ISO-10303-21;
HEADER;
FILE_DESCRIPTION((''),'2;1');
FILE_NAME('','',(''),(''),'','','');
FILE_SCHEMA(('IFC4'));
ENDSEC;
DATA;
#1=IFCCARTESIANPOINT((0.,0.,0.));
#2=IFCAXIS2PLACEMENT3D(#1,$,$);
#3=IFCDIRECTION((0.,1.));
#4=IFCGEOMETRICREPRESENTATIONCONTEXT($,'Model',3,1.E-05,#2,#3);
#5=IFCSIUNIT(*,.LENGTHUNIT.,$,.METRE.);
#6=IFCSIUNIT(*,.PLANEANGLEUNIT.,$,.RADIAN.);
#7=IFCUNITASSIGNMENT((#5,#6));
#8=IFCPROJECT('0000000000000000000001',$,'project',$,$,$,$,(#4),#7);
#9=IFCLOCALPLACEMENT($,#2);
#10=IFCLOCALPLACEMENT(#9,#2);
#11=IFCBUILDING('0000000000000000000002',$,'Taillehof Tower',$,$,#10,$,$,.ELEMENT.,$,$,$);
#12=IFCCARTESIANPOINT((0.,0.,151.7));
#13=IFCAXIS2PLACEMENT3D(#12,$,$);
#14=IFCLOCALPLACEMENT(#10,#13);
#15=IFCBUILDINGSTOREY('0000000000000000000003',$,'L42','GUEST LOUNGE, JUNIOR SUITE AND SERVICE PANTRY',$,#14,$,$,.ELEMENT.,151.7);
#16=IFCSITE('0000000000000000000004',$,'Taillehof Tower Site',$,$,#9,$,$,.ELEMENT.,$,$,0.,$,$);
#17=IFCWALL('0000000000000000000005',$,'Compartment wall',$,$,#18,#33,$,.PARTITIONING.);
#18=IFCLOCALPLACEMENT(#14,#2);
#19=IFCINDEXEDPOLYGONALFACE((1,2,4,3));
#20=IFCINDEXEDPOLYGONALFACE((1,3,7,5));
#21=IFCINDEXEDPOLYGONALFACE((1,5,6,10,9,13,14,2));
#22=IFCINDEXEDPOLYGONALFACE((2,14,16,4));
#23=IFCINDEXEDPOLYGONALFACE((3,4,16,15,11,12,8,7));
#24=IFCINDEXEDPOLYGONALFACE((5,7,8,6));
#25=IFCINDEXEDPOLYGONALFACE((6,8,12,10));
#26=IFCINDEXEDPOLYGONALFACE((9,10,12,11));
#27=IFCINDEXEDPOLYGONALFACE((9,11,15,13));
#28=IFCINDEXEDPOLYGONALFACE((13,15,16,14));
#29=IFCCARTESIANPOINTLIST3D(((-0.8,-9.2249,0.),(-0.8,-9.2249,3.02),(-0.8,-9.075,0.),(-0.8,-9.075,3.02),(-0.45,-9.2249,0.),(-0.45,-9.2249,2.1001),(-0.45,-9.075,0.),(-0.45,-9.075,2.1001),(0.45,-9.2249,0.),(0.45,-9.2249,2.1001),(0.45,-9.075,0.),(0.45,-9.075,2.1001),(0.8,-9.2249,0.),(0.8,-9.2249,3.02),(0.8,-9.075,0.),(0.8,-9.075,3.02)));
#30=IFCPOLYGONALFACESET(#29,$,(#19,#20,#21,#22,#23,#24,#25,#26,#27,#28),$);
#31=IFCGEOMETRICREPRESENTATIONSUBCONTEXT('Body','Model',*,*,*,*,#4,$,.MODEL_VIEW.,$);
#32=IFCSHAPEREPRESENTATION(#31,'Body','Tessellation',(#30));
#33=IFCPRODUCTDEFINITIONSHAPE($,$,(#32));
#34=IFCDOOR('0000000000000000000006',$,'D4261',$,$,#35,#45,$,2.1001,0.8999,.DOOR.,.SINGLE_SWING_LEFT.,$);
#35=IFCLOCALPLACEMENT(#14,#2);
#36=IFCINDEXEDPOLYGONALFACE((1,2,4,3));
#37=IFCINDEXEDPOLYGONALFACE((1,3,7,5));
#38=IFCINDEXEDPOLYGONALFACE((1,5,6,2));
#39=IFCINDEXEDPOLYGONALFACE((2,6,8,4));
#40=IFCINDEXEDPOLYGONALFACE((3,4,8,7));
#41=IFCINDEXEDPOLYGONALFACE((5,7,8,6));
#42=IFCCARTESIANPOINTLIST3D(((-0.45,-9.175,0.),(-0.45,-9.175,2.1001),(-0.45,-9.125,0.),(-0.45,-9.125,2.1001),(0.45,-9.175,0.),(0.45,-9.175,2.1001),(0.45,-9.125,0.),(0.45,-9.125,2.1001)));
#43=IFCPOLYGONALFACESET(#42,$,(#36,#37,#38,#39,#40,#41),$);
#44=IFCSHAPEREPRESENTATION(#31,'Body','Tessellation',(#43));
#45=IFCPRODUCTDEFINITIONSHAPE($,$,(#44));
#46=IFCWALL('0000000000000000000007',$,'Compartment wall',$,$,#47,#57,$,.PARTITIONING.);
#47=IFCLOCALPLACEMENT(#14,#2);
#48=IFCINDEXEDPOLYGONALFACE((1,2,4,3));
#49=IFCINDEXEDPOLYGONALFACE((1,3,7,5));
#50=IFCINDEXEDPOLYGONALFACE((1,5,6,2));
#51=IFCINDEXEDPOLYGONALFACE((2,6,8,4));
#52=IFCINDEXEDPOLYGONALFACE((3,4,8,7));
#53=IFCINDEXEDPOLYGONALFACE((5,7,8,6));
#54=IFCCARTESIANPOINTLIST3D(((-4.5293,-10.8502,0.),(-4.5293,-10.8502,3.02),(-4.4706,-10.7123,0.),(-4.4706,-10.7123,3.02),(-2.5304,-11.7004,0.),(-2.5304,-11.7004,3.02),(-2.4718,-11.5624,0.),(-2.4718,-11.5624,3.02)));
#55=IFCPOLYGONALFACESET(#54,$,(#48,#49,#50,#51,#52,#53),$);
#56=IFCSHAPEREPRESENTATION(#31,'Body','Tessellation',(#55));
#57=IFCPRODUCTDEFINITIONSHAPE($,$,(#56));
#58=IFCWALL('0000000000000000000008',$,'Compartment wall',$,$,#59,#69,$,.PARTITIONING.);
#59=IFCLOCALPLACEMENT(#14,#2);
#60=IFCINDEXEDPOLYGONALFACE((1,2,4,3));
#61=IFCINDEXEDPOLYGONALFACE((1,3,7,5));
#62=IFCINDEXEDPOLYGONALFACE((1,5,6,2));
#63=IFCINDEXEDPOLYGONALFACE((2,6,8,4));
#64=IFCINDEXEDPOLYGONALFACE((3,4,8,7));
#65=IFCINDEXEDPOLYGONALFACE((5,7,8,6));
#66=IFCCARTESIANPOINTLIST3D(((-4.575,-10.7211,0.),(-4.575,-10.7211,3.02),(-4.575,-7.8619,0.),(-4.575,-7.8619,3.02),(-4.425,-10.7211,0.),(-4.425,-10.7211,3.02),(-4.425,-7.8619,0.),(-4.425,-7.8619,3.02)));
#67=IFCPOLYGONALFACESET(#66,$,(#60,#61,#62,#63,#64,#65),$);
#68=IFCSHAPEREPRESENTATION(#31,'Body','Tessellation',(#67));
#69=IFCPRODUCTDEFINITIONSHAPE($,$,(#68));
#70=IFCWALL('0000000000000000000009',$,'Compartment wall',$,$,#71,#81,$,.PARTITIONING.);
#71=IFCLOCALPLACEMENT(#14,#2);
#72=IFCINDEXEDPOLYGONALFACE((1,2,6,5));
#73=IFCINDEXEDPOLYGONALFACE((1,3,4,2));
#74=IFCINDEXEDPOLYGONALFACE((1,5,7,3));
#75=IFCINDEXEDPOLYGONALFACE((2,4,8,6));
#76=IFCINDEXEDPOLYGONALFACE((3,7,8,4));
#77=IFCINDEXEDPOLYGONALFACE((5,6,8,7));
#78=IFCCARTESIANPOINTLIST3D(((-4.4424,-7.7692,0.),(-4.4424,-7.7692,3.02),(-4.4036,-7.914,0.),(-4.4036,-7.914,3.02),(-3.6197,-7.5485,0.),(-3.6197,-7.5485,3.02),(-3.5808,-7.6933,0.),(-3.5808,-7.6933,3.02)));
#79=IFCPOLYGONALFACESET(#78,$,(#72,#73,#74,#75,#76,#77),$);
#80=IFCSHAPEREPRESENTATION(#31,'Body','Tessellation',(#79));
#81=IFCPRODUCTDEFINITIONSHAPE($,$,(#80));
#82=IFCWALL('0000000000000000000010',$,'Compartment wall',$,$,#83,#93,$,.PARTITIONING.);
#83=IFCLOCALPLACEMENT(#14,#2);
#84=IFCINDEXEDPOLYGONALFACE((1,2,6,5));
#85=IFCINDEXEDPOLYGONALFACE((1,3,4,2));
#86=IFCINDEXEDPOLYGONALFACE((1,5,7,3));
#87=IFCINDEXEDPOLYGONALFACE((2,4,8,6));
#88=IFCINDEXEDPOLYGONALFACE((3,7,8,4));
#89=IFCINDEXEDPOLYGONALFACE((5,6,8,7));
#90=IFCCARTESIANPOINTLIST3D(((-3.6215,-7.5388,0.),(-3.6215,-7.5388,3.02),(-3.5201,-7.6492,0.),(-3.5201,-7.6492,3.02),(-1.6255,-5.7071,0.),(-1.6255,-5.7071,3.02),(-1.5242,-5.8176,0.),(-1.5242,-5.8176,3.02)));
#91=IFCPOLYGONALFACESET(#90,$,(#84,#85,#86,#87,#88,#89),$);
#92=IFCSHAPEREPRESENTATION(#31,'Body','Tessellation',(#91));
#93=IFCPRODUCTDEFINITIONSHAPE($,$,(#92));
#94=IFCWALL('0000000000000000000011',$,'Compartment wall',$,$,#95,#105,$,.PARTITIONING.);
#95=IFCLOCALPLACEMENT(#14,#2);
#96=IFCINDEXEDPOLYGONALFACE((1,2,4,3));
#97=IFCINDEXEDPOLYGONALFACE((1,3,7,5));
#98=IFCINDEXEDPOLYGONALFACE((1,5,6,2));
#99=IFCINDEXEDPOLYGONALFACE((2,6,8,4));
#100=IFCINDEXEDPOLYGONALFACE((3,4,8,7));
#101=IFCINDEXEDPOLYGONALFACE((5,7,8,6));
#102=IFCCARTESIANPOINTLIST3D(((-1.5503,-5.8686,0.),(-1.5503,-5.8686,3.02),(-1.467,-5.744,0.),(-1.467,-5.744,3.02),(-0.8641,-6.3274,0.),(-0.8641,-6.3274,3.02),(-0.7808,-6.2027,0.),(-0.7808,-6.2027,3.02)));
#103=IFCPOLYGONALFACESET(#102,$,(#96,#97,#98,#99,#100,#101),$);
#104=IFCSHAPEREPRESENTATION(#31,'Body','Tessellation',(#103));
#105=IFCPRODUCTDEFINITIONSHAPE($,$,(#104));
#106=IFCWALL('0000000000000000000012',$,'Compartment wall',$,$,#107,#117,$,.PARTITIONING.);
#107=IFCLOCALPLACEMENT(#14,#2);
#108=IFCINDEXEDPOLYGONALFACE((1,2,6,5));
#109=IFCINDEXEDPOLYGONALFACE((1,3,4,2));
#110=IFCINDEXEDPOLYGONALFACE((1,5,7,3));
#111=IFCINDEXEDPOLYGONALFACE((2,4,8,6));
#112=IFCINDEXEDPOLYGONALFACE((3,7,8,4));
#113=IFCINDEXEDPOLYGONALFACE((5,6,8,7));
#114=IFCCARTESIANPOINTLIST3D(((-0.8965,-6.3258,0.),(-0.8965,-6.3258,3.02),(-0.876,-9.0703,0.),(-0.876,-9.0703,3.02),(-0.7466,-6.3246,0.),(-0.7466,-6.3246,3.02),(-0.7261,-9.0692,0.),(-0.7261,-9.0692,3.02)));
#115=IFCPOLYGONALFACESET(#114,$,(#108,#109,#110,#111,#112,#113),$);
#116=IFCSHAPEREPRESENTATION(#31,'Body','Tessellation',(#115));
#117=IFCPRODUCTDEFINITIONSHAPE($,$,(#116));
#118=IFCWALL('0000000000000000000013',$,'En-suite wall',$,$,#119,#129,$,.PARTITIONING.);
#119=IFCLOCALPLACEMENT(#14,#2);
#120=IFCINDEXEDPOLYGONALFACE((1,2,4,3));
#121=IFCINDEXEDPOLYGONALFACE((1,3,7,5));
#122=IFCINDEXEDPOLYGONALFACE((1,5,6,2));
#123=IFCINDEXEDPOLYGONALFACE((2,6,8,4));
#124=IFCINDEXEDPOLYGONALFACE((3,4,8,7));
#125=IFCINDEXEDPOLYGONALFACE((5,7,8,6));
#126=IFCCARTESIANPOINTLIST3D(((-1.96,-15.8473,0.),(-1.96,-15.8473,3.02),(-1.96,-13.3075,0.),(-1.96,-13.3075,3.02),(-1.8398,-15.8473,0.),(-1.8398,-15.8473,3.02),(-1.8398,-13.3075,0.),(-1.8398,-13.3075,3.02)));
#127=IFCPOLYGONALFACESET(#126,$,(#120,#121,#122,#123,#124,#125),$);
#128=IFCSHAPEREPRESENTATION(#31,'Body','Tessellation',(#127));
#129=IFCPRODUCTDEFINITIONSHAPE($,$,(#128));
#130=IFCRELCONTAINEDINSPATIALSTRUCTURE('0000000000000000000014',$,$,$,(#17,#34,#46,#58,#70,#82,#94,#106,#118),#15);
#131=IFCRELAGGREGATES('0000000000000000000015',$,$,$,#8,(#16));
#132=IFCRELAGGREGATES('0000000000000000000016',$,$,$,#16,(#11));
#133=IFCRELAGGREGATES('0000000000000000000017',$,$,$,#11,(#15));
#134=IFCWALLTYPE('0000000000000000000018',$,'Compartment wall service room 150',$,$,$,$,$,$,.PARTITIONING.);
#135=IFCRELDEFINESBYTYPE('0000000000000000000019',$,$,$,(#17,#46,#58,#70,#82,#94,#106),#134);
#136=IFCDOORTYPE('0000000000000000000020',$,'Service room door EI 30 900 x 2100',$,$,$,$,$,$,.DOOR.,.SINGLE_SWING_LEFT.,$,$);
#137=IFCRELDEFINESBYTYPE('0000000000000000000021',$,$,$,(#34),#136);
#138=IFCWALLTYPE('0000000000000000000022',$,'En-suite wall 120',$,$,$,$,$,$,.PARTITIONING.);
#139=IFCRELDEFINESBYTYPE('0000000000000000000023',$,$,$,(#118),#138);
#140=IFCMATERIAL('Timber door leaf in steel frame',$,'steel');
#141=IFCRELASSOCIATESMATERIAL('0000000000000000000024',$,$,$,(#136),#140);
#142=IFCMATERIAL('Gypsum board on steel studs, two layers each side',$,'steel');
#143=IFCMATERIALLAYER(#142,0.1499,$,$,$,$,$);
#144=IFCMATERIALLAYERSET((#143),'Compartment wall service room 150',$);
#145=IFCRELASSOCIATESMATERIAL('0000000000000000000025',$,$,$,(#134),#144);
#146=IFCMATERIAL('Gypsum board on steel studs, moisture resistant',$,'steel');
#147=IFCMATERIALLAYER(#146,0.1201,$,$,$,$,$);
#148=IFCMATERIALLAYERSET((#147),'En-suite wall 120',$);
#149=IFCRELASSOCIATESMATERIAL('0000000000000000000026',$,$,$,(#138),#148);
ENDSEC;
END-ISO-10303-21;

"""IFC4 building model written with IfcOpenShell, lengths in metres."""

from ifc_helpers import new_model, si_unit, direction, frame, frame_2d, origin, place, context, subcontext, project, spatial, rectangle, extrude, material, layer, layer_set, type_object, element, fill, save


model = new_model("IFC4")

# Units and contexts
model_context = context("Model", 3, precision=1e-05, world=origin(), true_north=direction((0.0, 1.0)))
body_context = subcontext(model_context, "Body", "Model", "MODEL_VIEW")
ifc_project = project(units=[si_unit("LENGTHUNIT", "METRE"), si_unit("PLANEANGLEUNIT", "RADIAN")], contexts=[model_context])

# Site, building, storey
site_placement = place(None, origin())
site = spatial("IfcSite", under=ifc_project, at=site_placement, Name="Taillehof Tower Site", CompositionType="ELEMENT", RefElevation=0.0)
building_placement = place(site_placement, origin())
building = spatial("IfcBuilding", under=site, at=building_placement, Name="Taillehof Tower", CompositionType="ELEMENT")
storey_placement = place(building_placement, frame((0.0, 0.0, 151.7)))
storey = spatial("IfcBuildingStorey", under=building, at=storey_placement, Name="L42", Description="GUEST LOUNGE, JUNIOR SUITE AND SERVICE PANTRY", CompositionType="ELEMENT", Elevation=151.7)

# Shared definitions
ifc_material_1 = material(Name="Timber door leaf in steel frame", Category="steel")
door_type_1 = type_object("IfcDoorType", Name="Service room door EI 30 900 x 2100", OperationType="SINGLE_SWING_LEFT", PredefinedType="DOOR", material=ifc_material_1)

# Wall, opening, door
ifc_material_2 = material(Name="Gypsum board on steel studs, two layers each side", Category="steel")
ifc_layer_1 = layer(ifc_material_2, 0.1499)
ifc_layer_set_1 = layer_set([ifc_layer_1], Name="Compartment wall service room 150")
wall_type_1 = type_object("IfcWallType", Name="Compartment wall service room 150", PredefinedType="PARTITIONING", material=ifc_layer_set_1)
wall_1_placement = place(storey_placement, frame((-0.8, -9.1499, 0.0), z_axis=(0.0, 0.0, 1.0), x_axis=(1.0, 0.0, 0.0)))
wall_1 = element("IfcWall", 1, at=wall_1_placement, inside=storey, type_object=wall_type_1, Name="Compartment wall", PredefinedType="PARTITIONING", context=body_context, shape_type="SweptSolid", body=[
    extrude(rectangle(XDim=1.6001, YDim=0.1499, at=frame_2d((0.8, 0.0))), origin(), (0.0, 0.0, 1.0), 3.02),
])
opening_1_placement = place(wall_1_placement, frame((0.3501, 0.0, 0.0)))
opening_1 = element("IfcOpeningElement", 2, at=opening_1_placement, cuts=wall_1, PredefinedType="OPENING", context=body_context, shape_type="SweptSolid", body=[
    extrude(rectangle(XDim=0.8999, YDim=2.1001, at=frame_2d((0.45, 1.05))), frame((0.0, 0.085, 0.0), z_axis=(0.0, -1.0, 0.0), x_axis=(1.0, 0.0, 0.0)), (0.0, 0.0, 1.0), 0.1699),
])
door_1_placement = place(opening_1_placement, origin())
door_1 = element("IfcDoor", 3, at=door_1_placement, inside=storey, type_object=door_type_1, Name="D4261", OperationType="SINGLE_SWING_LEFT", OverallHeight=2.1001, OverallWidth=0.8999, PredefinedType="DOOR", context=body_context, shape_type="SweptSolid", body=[
    extrude(rectangle(XDim=0.8999, YDim=2.1001, at=frame_2d((0.45, 1.05))), frame((0.0, 0.0249, 0.0), z_axis=(0.0, -1.0, 0.0), x_axis=(1.0, 0.0, 0.0)), (0.0, 0.0, 1.0), 0.05),
])
fill(opening_1, door_1)

# Walls
wall_2_placement = place(storey_placement, frame((-2.5012, -11.6313, 0.0), z_axis=(0.0, 0.0, 1.0), x_axis=(-0.920229, 0.391381, 0.0)))
element("IfcWall", 4, at=wall_2_placement, inside=storey, type_object=wall_type_1, Name="Compartment wall", PredefinedType="PARTITIONING", context=body_context, shape_type="SweptSolid", body=[
    extrude(rectangle(XDim=2.1721, YDim=0.1499, at=frame_2d((1.0859, 0.0))), origin(), (0.0, 0.0, 1.0), 3.02),
])
wall_3_placement = place(storey_placement, frame((-4.5, -10.7212, 0.0), z_axis=(0.0, 0.0, 1.0), x_axis=(0.0, 1.0, 0.0)))
element("IfcWall", 5, at=wall_3_placement, inside=storey, type_object=wall_type_1, Name="Compartment wall", PredefinedType="PARTITIONING", context=body_context, shape_type="SweptSolid", body=[
    extrude(rectangle(XDim=2.8591, YDim=0.1499, at=frame_2d((1.4297, 0.0))), origin(), (0.0, 0.0, 1.0), 3.02),
])
wall_4_placement = place(storey_placement, frame((-4.4229, -7.8416, 0.0), z_axis=(0.0, 0.0, 1.0), x_axis=(0.965853, 0.259089, 0.0)))
element("IfcWall", 6, at=wall_4_placement, inside=storey, type_object=wall_type_1, Name="Compartment wall", PredefinedType="PARTITIONING", context=body_context, shape_type="SweptSolid", body=[
    extrude(rectangle(XDim=0.8518, YDim=0.1499, at=frame_2d((0.4258, 0.0))), origin(), (0.0, 0.0, 1.0), 3.02),
])
wall_5_placement = place(storey_placement, frame((-3.5708, -7.594, 0.0), z_axis=(0.0, 0.0, 1.0), x_axis=(0.736784, 0.676129, 0.0)))
element("IfcWall", 7, at=wall_5_placement, inside=storey, type_object=wall_type_1, Name="Compartment wall", PredefinedType="PARTITIONING", context=body_context, shape_type="SweptSolid", body=[
    extrude(rectangle(XDim=2.709, YDim=0.1499, at=frame_2d((1.3545, 0.0))), origin(), (0.0, 0.0, 1.0), 3.02),
])
wall_6_placement = place(storey_placement, frame((-1.5085, -5.8064, 0.0), z_axis=(0.0, 0.0, 1.0), x_axis=(0.831367, -0.555724, 0.0)))
element("IfcWall", 8, at=wall_6_placement, inside=storey, type_object=wall_type_1, Name="Compartment wall", PredefinedType="PARTITIONING", context=body_context, shape_type="SweptSolid", body=[
    extrude(rectangle(XDim=0.8254, YDim=0.1499, at=frame_2d((0.4126, 0.0))), origin(), (0.0, 0.0, 1.0), 3.02),
])
wall_7_placement = place(storey_placement, frame((-0.8215, -6.3252, 0.0), z_axis=(0.0, 0.0, 1.0), x_axis=(0.007472, -0.999972, 0.0)))
element("IfcWall", 9, at=wall_7_placement, inside=storey, type_object=wall_type_1, Name="Compartment wall", PredefinedType="PARTITIONING", context=body_context, shape_type="SweptSolid", body=[
    extrude(rectangle(XDim=2.7446, YDim=0.1499, at=frame_2d((1.3723, 0.0))), origin(), (0.0, 0.0, 1.0), 3.02),
])
ifc_material_3 = material(Name="Gypsum board on steel studs, moisture resistant", Category="steel")
ifc_layer_2 = layer(ifc_material_3, 0.1201)
ifc_layer_set_2 = layer_set([ifc_layer_2], Name="En-suite wall 120")
wall_type_2 = type_object("IfcWallType", Name="En-suite wall 120", PredefinedType="PARTITIONING", material=ifc_layer_set_2)
wall_8_placement = place(storey_placement, frame((-1.8999, -13.3074, 0.0), z_axis=(0.0, 0.0, 1.0), x_axis=(0.0, -1.0, 0.0)))
element("IfcWall", 10, at=wall_8_placement, inside=storey, type_object=wall_type_2, Name="En-suite wall", PredefinedType="PARTITIONING", context=body_context, shape_type="SweptSolid", body=[
    extrude(rectangle(XDim=2.5398, YDim=0.1201, at=frame_2d((1.27, 0.0))), origin(), (0.0, 0.0, 1.0), 3.02),
])

save(model, "model.ifc")
